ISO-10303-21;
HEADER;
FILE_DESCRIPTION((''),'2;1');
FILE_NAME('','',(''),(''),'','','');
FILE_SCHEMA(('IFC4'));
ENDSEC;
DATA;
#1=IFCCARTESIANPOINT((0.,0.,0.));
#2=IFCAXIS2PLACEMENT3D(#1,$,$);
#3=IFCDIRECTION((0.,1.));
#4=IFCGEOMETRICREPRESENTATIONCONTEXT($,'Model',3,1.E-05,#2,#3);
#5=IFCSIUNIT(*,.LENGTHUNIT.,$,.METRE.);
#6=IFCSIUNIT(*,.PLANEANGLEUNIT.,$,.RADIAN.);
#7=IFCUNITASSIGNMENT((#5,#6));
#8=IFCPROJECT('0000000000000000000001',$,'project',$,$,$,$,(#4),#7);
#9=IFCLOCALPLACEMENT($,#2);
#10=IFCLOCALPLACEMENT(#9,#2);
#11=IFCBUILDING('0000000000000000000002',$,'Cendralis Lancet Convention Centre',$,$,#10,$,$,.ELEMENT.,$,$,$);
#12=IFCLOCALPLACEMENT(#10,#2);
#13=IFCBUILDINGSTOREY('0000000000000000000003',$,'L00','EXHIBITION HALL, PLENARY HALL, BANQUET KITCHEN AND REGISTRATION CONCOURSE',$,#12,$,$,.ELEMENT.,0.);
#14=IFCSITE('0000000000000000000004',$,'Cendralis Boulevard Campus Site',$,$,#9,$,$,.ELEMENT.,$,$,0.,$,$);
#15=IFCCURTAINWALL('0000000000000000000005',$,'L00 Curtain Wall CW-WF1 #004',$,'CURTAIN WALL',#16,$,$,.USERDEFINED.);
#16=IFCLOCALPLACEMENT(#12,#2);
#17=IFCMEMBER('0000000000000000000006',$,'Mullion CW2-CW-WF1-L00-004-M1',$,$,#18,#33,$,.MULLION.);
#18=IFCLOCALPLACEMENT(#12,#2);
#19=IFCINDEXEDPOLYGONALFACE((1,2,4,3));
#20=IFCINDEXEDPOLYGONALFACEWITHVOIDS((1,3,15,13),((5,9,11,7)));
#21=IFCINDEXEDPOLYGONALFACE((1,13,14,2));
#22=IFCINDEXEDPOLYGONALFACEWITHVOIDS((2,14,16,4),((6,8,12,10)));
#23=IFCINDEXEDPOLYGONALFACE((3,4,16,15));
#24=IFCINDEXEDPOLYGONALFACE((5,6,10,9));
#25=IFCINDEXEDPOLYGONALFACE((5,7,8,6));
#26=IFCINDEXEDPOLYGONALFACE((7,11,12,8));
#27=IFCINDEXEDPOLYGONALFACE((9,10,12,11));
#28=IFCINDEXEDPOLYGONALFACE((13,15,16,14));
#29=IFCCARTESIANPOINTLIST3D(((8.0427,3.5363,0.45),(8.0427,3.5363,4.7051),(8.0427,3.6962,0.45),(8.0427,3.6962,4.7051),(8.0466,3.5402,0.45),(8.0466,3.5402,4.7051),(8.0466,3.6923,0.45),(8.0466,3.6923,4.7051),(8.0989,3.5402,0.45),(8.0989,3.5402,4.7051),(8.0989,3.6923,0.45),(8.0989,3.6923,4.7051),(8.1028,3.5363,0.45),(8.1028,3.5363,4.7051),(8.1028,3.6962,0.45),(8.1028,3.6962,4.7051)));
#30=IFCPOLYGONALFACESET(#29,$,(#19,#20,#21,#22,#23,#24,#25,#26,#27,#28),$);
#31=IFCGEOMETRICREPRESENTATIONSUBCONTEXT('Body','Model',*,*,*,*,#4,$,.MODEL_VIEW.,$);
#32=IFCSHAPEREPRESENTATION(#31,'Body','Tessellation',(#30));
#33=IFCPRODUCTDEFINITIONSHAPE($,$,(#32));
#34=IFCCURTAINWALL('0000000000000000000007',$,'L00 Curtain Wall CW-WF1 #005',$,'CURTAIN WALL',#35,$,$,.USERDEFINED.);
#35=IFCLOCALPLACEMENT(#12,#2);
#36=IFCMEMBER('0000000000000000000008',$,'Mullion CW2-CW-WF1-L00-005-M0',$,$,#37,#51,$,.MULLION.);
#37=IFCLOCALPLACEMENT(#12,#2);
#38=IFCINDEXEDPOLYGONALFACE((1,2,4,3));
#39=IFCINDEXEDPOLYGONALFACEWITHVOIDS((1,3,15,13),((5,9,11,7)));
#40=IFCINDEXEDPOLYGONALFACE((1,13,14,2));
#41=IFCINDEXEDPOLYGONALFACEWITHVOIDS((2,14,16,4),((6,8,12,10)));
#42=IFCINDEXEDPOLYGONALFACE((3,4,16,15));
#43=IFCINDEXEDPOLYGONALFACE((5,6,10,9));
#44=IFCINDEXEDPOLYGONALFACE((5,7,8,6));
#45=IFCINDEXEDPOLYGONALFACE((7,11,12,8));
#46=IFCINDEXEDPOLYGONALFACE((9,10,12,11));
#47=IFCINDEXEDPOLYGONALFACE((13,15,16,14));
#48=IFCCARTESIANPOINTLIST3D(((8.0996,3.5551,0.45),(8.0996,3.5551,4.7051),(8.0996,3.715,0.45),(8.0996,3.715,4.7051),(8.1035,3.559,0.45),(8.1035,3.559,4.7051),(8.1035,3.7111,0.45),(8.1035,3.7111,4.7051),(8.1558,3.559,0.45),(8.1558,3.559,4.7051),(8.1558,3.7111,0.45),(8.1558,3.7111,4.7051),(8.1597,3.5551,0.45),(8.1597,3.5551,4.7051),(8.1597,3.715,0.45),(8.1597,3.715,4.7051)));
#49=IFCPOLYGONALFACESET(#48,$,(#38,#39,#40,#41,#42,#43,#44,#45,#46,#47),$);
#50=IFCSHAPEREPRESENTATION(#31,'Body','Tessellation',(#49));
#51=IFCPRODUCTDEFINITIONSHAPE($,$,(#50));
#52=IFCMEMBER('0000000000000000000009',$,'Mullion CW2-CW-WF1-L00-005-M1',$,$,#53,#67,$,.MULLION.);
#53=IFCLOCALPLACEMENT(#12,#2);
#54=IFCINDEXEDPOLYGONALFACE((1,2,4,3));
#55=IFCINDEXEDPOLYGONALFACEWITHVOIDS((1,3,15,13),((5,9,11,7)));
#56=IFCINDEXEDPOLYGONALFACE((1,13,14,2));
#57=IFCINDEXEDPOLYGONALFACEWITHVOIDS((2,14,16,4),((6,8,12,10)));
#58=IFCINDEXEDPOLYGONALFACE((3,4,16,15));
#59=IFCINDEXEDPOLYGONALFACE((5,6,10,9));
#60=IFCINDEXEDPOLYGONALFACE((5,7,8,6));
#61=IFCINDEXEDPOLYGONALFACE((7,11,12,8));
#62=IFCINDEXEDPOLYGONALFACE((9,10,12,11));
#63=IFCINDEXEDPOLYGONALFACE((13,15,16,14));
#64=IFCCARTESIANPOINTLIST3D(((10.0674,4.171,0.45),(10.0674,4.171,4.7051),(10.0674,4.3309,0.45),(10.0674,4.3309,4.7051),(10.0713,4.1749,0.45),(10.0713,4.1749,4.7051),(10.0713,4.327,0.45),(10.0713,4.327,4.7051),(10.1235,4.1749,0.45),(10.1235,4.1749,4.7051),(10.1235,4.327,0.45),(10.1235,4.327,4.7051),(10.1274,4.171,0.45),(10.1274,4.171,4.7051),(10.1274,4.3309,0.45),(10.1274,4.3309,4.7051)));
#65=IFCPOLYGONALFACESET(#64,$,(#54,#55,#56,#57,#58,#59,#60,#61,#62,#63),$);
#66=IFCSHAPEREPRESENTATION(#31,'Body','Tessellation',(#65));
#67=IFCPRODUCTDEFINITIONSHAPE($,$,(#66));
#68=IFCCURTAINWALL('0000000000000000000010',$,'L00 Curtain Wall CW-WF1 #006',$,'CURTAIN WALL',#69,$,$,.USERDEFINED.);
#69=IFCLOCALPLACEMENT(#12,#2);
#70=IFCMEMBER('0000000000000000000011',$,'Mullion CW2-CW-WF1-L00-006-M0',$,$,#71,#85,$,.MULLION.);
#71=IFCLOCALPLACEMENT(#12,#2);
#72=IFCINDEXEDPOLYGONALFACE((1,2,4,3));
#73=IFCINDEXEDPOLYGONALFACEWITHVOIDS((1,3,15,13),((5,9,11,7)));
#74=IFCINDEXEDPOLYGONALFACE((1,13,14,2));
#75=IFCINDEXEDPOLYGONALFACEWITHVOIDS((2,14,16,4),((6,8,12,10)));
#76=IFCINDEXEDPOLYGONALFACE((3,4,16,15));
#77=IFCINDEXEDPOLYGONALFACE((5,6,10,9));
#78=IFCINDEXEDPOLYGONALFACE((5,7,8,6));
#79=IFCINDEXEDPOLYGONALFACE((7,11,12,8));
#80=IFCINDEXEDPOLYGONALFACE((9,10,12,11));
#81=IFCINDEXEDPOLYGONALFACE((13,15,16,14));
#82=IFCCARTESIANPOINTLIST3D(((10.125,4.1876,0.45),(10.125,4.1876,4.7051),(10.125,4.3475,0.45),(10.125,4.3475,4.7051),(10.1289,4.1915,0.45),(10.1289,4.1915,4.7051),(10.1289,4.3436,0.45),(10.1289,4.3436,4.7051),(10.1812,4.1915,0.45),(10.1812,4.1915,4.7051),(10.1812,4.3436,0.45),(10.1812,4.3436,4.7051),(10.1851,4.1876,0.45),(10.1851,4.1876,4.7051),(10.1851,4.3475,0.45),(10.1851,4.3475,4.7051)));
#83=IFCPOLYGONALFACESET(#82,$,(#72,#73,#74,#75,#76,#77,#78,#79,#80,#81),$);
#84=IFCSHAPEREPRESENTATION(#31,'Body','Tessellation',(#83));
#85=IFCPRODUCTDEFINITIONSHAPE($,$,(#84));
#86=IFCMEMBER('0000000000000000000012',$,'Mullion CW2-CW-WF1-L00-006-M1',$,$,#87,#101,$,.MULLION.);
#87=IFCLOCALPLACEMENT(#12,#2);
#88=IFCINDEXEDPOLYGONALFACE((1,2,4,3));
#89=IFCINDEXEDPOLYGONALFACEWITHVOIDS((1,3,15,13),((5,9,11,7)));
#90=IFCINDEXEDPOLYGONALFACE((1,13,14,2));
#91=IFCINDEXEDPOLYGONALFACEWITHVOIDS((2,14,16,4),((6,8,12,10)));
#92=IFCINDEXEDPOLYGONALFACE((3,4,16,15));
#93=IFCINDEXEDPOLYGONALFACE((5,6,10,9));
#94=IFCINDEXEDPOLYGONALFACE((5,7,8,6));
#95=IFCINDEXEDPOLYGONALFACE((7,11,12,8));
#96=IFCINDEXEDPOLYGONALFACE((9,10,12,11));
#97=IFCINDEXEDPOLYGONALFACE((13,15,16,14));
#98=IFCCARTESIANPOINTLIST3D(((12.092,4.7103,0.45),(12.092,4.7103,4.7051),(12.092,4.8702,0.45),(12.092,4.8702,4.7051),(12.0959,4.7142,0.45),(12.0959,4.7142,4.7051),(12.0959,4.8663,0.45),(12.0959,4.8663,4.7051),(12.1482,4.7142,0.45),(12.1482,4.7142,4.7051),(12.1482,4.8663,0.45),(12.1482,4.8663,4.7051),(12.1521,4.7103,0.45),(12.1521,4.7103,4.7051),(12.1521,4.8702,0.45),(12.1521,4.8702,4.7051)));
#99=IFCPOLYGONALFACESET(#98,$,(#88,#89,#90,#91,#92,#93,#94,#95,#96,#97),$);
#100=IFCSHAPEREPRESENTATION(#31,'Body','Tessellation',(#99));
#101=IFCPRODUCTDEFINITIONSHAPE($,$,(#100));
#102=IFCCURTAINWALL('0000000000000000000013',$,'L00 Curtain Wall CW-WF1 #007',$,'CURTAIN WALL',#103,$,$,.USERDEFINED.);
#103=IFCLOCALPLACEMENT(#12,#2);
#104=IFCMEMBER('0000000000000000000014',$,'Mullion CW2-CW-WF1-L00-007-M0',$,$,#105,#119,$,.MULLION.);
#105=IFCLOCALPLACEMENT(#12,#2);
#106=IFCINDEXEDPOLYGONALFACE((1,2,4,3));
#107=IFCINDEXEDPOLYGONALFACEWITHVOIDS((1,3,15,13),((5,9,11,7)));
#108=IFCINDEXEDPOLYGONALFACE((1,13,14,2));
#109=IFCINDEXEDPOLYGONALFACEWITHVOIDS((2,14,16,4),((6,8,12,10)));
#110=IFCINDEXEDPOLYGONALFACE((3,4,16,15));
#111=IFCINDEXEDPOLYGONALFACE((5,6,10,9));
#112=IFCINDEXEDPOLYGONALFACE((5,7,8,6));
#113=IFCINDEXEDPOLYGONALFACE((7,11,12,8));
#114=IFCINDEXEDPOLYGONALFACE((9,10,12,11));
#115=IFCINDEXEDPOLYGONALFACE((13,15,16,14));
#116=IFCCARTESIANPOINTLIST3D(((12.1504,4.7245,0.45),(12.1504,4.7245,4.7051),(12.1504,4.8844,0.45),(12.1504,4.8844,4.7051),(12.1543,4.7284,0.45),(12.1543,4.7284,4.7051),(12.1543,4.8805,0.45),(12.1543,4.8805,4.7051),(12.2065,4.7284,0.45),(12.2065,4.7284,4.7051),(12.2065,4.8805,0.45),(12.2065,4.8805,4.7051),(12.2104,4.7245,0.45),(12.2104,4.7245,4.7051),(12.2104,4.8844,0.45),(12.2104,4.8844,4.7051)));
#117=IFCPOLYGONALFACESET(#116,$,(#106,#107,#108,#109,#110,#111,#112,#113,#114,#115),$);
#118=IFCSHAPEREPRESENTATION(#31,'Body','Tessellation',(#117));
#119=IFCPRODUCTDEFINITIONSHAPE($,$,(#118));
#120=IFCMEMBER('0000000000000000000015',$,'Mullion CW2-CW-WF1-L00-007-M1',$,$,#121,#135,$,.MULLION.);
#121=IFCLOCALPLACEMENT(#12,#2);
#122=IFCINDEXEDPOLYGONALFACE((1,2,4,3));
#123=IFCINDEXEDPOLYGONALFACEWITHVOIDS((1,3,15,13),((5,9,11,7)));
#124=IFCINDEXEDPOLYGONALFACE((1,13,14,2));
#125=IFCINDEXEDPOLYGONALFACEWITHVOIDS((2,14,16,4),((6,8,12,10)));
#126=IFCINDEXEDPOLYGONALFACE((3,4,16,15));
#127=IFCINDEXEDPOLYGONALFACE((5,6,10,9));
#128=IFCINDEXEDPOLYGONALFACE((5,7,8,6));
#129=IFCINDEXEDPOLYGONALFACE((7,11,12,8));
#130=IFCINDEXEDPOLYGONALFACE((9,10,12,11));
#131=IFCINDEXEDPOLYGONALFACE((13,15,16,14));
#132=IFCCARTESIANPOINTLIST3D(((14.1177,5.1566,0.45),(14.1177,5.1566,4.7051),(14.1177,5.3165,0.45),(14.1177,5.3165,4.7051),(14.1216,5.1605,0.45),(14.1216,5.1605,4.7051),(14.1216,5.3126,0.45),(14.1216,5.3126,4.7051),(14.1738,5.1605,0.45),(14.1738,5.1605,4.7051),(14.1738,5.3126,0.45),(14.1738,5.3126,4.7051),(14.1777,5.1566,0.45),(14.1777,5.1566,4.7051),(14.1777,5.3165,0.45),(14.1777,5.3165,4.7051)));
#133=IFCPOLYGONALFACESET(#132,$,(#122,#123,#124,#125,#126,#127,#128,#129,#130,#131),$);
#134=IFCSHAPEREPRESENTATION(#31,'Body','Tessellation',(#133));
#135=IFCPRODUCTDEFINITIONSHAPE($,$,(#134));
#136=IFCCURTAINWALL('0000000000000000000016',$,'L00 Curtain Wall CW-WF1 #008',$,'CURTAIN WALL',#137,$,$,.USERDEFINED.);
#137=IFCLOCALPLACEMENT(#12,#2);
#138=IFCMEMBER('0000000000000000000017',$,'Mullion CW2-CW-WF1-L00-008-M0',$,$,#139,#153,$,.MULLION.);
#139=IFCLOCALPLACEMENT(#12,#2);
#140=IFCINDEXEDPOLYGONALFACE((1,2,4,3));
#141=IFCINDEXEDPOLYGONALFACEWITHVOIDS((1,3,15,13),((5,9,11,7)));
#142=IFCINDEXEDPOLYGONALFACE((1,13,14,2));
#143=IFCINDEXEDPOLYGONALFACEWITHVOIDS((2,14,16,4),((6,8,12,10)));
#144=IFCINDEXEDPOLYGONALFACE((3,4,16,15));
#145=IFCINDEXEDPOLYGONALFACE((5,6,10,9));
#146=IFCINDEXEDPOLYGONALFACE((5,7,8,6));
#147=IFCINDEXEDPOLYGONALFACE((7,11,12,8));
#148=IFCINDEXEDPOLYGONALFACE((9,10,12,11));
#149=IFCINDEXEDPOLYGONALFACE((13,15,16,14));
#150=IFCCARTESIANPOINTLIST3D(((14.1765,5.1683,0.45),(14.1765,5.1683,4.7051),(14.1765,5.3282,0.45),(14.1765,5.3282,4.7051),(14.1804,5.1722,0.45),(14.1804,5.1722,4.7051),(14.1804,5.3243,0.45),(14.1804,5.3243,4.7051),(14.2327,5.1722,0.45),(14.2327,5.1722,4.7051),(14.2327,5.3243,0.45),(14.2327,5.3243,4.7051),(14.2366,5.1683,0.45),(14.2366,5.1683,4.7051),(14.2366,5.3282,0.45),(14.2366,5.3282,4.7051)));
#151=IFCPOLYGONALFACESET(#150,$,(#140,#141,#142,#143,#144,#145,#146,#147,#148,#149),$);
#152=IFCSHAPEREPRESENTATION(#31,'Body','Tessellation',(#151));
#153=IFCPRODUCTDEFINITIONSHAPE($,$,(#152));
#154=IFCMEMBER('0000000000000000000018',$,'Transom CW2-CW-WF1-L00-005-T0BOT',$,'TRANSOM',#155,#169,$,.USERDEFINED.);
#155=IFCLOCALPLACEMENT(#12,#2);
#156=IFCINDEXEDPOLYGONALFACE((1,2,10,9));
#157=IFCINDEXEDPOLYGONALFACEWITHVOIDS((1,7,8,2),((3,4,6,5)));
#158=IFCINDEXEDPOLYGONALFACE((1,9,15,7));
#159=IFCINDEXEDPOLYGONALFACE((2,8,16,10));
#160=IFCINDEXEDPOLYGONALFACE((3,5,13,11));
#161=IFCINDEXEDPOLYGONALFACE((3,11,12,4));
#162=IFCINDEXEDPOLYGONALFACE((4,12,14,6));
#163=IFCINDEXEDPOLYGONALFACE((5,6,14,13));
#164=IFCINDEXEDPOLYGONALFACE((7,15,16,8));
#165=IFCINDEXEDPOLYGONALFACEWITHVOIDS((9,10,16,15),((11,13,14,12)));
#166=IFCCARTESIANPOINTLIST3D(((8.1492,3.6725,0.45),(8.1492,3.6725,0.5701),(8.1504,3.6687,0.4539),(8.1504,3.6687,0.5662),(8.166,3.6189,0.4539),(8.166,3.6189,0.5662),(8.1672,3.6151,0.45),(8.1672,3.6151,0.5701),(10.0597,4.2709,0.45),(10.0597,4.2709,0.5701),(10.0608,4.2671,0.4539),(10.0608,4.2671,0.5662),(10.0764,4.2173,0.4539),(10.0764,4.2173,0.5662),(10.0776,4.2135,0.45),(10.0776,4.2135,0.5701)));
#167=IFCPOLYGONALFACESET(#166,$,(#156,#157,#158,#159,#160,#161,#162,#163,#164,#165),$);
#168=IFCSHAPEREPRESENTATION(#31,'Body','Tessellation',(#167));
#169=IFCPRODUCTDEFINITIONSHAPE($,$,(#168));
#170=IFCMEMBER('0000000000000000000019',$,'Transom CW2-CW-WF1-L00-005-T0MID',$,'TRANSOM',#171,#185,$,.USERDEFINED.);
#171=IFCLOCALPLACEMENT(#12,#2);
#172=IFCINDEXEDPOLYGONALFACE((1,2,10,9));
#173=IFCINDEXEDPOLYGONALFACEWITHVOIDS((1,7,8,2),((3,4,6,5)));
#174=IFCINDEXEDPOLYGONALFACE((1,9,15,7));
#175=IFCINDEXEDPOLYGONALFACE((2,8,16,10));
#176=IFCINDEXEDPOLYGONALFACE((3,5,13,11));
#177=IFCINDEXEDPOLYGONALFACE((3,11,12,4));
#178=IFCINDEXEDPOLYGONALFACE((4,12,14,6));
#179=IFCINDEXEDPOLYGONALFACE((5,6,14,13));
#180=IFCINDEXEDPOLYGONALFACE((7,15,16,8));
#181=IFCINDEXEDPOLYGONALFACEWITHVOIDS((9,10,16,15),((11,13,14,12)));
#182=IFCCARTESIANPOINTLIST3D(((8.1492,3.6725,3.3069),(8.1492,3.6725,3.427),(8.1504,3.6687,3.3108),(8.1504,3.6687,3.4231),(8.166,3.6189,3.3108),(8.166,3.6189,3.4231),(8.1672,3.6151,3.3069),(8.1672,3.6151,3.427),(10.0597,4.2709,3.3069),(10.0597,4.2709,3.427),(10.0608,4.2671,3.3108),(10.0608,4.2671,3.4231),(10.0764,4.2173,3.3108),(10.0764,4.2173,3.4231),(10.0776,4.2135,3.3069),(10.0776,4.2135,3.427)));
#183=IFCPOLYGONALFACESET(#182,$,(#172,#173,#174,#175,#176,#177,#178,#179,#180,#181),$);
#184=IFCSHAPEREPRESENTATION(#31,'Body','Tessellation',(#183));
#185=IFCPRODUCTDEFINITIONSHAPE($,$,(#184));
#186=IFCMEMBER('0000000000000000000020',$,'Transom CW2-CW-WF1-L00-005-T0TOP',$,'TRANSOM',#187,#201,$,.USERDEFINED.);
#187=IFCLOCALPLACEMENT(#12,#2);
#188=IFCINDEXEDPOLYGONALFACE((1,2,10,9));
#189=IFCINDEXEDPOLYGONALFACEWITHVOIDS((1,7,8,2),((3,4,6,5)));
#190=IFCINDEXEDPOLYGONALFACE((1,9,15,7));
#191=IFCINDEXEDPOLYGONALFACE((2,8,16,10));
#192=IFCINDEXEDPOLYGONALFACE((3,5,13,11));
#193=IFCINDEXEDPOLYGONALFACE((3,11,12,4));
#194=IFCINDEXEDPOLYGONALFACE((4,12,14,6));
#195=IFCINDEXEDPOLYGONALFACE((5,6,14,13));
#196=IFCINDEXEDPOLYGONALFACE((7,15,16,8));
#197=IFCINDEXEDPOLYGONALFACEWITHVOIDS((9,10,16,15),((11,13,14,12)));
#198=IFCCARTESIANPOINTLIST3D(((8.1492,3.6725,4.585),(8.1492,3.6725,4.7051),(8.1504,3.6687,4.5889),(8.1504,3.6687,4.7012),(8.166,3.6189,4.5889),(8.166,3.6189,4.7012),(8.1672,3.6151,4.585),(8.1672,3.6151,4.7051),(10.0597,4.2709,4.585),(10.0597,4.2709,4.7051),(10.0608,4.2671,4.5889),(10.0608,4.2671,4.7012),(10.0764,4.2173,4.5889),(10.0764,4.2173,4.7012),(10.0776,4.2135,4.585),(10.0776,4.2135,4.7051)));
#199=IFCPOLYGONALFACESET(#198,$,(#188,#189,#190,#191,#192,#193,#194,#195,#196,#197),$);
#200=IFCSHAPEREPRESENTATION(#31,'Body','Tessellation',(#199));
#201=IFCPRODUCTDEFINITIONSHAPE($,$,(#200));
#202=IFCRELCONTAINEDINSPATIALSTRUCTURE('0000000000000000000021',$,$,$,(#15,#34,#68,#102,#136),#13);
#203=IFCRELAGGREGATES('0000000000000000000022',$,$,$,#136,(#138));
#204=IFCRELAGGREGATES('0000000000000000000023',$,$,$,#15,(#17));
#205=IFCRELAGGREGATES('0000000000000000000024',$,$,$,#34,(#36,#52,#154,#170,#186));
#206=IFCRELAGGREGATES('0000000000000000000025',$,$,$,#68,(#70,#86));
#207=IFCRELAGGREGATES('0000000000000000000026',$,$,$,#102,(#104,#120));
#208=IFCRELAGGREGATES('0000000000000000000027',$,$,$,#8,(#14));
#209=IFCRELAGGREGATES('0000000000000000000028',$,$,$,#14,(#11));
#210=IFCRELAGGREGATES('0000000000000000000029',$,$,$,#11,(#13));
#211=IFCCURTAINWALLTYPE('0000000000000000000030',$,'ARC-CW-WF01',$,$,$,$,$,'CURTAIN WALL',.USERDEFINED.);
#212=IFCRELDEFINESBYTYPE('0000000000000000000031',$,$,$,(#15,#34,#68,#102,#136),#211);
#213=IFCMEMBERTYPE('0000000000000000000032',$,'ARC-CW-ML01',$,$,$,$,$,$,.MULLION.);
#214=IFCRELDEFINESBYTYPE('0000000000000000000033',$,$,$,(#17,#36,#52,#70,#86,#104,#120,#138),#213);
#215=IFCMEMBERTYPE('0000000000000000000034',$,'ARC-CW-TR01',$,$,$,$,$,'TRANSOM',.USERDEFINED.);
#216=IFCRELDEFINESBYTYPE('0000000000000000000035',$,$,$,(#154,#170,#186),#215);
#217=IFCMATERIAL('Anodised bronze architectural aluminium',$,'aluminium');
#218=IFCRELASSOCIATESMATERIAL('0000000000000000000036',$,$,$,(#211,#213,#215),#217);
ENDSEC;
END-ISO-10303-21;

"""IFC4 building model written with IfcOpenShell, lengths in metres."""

from ifc_helpers import new_model, si_unit, direction, frame, origin, origin_2d, place, context, subcontext, project, spatial, hollow_rectangle, extrude, material, material_profile, profile_set, type_object, element, aggregate, save


model = new_model("IFC4")

# Units and contexts
model_context = context("Model", 3, precision=1e-05, world=origin(), true_north=direction((0.0, 1.0)))
body_context = subcontext(model_context, "Body", "Model", "MODEL_VIEW")
ifc_project = project(units=[si_unit("LENGTHUNIT", "METRE"), si_unit("PLANEANGLEUNIT", "RADIAN")], contexts=[model_context])

# Site, building, storey
site_placement = place(None, origin())
site = spatial("IfcSite", under=ifc_project, at=site_placement, Name="Cendralis Boulevard Campus Site", CompositionType="ELEMENT", RefElevation=0.0)
building_placement = place(site_placement, origin())
building = spatial("IfcBuilding", under=site, at=building_placement, Name="Cendralis Lancet Convention Centre", CompositionType="ELEMENT")
storey_placement = place(building_placement, origin())
storey = spatial("IfcBuildingStorey", under=building, at=storey_placement, Name="L00", Description="EXHIBITION HALL, PLENARY HALL, BANQUET KITCHEN AND REGISTRATION CONCOURSE", CompositionType="ELEMENT", Elevation=0.0)

# Curtain wall, member
ifc_material_1 = material(Name="Anodised bronze architectural aluminium", Category="aluminium")
curtain_wall_type = type_object("IfcCurtainWallType", Name="ARC-CW-WF01", ElementType="CURTAIN WALL", PredefinedType="USERDEFINED", material=ifc_material_1)
curtain_wall_1_placement = place(storey_placement, origin())
curtain_wall_1 = element("IfcCurtainWall", 1, at=curtain_wall_1_placement, inside=storey, type_object=curtain_wall_type, Name="L00 Curtain Wall CW-WF1 #004", ObjectType="CURTAIN WALL", PredefinedType="USERDEFINED")
ifc_material_profile_1 = material_profile(ifc_material_1, hollow_rectangle(XDim=0.0601, YDim=0.1599, WallThickness=0.0039, at=origin_2d()), Name="AL-MULL 60x160x4.0")
ifc_profile_set_1 = profile_set([ifc_material_profile_1], Name="Anodised bronze architectural aluminium")
member_type_1 = type_object("IfcMemberType", Name="ARC-CW-ML01", PredefinedType="MULLION", material=ifc_profile_set_1)
member_1_placement = place(storey_placement, frame((8.0728, 3.6162, 0.45), z_axis=(0.0, 0.0, 1.0), x_axis=(1.0, 0.0, 0.0)))
member_1 = element("IfcMember", 2, at=member_1_placement, type_object=member_type_1, Name="Mullion CW2-CW-WF1-L00-004-M1", PredefinedType="MULLION", context=body_context, shape_type="SweptSolid", body=[
    extrude(hollow_rectangle(XDim=0.0601, YDim=0.1599, WallThickness=0.0039, at=origin_2d()), origin(), (0.0, 0.0, 1.0), 4.2551),
])

# Curtain walls, members
curtain_wall_2_placement = place(storey_placement, origin())
curtain_wall_2 = element("IfcCurtainWall", 3, at=curtain_wall_2_placement, inside=storey, type_object=curtain_wall_type, Name="L00 Curtain Wall CW-WF1 #005", ObjectType="CURTAIN WALL", PredefinedType="USERDEFINED")
member_2_placement = place(storey_placement, frame((8.1296, 3.635, 0.45), z_axis=(0.0, 0.0, 1.0), x_axis=(1.0, 0.0, 0.0)))
member_2 = element("IfcMember", 4, at=member_2_placement, type_object=member_type_1, Name="Mullion CW2-CW-WF1-L00-005-M0", PredefinedType="MULLION", context=body_context, shape_type="SweptSolid", body=[
    extrude(hollow_rectangle(XDim=0.0601, YDim=0.1599, WallThickness=0.0039, at=origin_2d()), origin(), (0.0, 0.0, 1.0), 4.2551),
])
member_3_placement = place(storey_placement, frame((10.0974, 4.251, 0.45), z_axis=(0.0, 0.0, 1.0), x_axis=(1.0, 0.0, 0.0)))
member_3 = element("IfcMember", 5, at=member_3_placement, type_object=member_type_1, Name="Mullion CW2-CW-WF1-L00-005-M1", PredefinedType="MULLION", context=body_context, shape_type="SweptSolid", body=[
    extrude(hollow_rectangle(XDim=0.0601, YDim=0.1599, WallThickness=0.0039, at=origin_2d()), origin(), (0.0, 0.0, 1.0), 4.2551),
])
curtain_wall_3_placement = place(storey_placement, origin())
curtain_wall_3 = element("IfcCurtainWall", 6, at=curtain_wall_3_placement, inside=storey, type_object=curtain_wall_type, Name="L00 Curtain Wall CW-WF1 #006", ObjectType="CURTAIN WALL", PredefinedType="USERDEFINED")
member_4_placement = place(storey_placement, frame((10.155, 4.2676, 0.45), z_axis=(0.0, 0.0, 1.0), x_axis=(1.0, 0.0, 0.0)))
member_4 = element("IfcMember", 7, at=member_4_placement, type_object=member_type_1, Name="Mullion CW2-CW-WF1-L00-006-M0", PredefinedType="MULLION", context=body_context, shape_type="SweptSolid", body=[
    extrude(hollow_rectangle(XDim=0.0601, YDim=0.1599, WallThickness=0.0039, at=origin_2d()), origin(), (0.0, 0.0, 1.0), 4.2551),
])
member_5_placement = place(storey_placement, frame((12.1221, 4.7903, 0.45), z_axis=(0.0, 0.0, 1.0), x_axis=(1.0, 0.0, 0.0)))
member_5 = element("IfcMember", 8, at=member_5_placement, type_object=member_type_1, Name="Mullion CW2-CW-WF1-L00-006-M1", PredefinedType="MULLION", context=body_context, shape_type="SweptSolid", body=[
    extrude(hollow_rectangle(XDim=0.0601, YDim=0.1599, WallThickness=0.0039, at=origin_2d()), origin(), (0.0, 0.0, 1.0), 4.2551),
])
curtain_wall_4_placement = place(storey_placement, origin())
curtain_wall_4 = element("IfcCurtainWall", 9, at=curtain_wall_4_placement, inside=storey, type_object=curtain_wall_type, Name="L00 Curtain Wall CW-WF1 #007", ObjectType="CURTAIN WALL", PredefinedType="USERDEFINED")
member_6_placement = place(storey_placement, frame((12.1804, 4.8044, 0.45), z_axis=(0.0, 0.0, 1.0), x_axis=(1.0, 0.0, 0.0)))
member_6 = element("IfcMember", 10, at=member_6_placement, type_object=member_type_1, Name="Mullion CW2-CW-WF1-L00-007-M0", PredefinedType="MULLION", context=body_context, shape_type="SweptSolid", body=[
    extrude(hollow_rectangle(XDim=0.0601, YDim=0.1599, WallThickness=0.0039, at=origin_2d()), origin(), (0.0, 0.0, 1.0), 4.2551),
])
member_7_placement = place(storey_placement, frame((14.1477, 5.2366, 0.45), z_axis=(0.0, 0.0, 1.0), x_axis=(1.0, 0.0, 0.0)))
member_7 = element("IfcMember", 11, at=member_7_placement, type_object=member_type_1, Name="Mullion CW2-CW-WF1-L00-007-M1", PredefinedType="MULLION", context=body_context, shape_type="SweptSolid", body=[
    extrude(hollow_rectangle(XDim=0.0601, YDim=0.1599, WallThickness=0.0039, at=origin_2d()), origin(), (0.0, 0.0, 1.0), 4.2551),
])

# Curtain wall, member
curtain_wall_5_placement = place(storey_placement, origin())
curtain_wall_5 = element("IfcCurtainWall", 12, at=curtain_wall_5_placement, inside=storey, type_object=curtain_wall_type, Name="L00 Curtain Wall CW-WF1 #008", ObjectType="CURTAIN WALL", PredefinedType="USERDEFINED")
member_8_placement = place(storey_placement, frame((14.2065, 5.2483, 0.45), z_axis=(0.0, 0.0, 1.0), x_axis=(1.0, 0.0, 0.0)))
member_8 = element("IfcMember", 13, at=member_8_placement, type_object=member_type_1, Name="Mullion CW2-CW-WF1-L00-008-M0", PredefinedType="MULLION", context=body_context, shape_type="SweptSolid", body=[
    extrude(hollow_rectangle(XDim=0.0601, YDim=0.1599, WallThickness=0.0039, at=origin_2d()), origin(), (0.0, 0.0, 1.0), 4.2551),
])

# Members
ifc_material_profile_2 = material_profile(ifc_material_1, hollow_rectangle(XDim=0.0601, YDim=0.1201, WallThickness=0.0039, at=origin_2d()), Name="AL-TRAN 60x120x4.0")
ifc_profile_set_2 = profile_set([ifc_material_profile_2], Name="Anodised bronze architectural aluminium")
member_type_2 = type_object("IfcMemberType", Name="ARC-CW-TR01", ElementType="TRANSOM", PredefinedType="USERDEFINED", material=ifc_profile_set_2)
member_9_placement = place(storey_placement, frame((8.1582, 3.6438, 0.51), z_axis=(0.954282, 0.298907, 0.0), x_axis=(-0.298907, 0.954282, 0.0)))
member_9 = element("IfcMember", 14, at=member_9_placement, type_object=member_type_2, Name="Transom CW2-CW-WF1-L00-005-T0BOT", ObjectType="TRANSOM", PredefinedType="USERDEFINED", context=body_context, shape_type="SweptSolid", body=[
    extrude(hollow_rectangle(XDim=0.0601, YDim=0.1201, WallThickness=0.0039, at=origin_2d()), origin(), (0.0, 0.0, 1.0), 2.002),
])
member_10_placement = place(storey_placement, frame((8.1582, 3.6438, 3.3669), z_axis=(0.954282, 0.298907, 0.0), x_axis=(-0.298907, 0.954282, 0.0)))
member_10 = element("IfcMember", 15, at=member_10_placement, type_object=member_type_2, Name="Transom CW2-CW-WF1-L00-005-T0MID", ObjectType="TRANSOM", PredefinedType="USERDEFINED", context=body_context, shape_type="SweptSolid", body=[
    extrude(hollow_rectangle(XDim=0.0601, YDim=0.1201, WallThickness=0.0039, at=origin_2d()), origin(), (0.0, 0.0, 1.0), 2.002),
])
member_11_placement = place(storey_placement, frame((8.1582, 3.6438, 4.645), z_axis=(0.954282, 0.298907, 0.0), x_axis=(-0.298907, 0.954282, 0.0)))
member_11 = element("IfcMember", 16, at=member_11_placement, type_object=member_type_2, Name="Transom CW2-CW-WF1-L00-005-T0TOP", ObjectType="TRANSOM", PredefinedType="USERDEFINED", context=body_context, shape_type="SweptSolid", body=[
    extrude(hollow_rectangle(XDim=0.0601, YDim=0.1201, WallThickness=0.0039, at=origin_2d()), origin(), (0.0, 0.0, 1.0), 2.002),
])
aggregate(curtain_wall_5, [member_8])

aggregate(curtain_wall_1, [member_1])
aggregate(curtain_wall_2, [member_2, member_3, member_9, member_10, member_11])
aggregate(curtain_wall_3, [member_4, member_5])
aggregate(curtain_wall_4, [member_6, member_7])

save(model, "model.ifc")
